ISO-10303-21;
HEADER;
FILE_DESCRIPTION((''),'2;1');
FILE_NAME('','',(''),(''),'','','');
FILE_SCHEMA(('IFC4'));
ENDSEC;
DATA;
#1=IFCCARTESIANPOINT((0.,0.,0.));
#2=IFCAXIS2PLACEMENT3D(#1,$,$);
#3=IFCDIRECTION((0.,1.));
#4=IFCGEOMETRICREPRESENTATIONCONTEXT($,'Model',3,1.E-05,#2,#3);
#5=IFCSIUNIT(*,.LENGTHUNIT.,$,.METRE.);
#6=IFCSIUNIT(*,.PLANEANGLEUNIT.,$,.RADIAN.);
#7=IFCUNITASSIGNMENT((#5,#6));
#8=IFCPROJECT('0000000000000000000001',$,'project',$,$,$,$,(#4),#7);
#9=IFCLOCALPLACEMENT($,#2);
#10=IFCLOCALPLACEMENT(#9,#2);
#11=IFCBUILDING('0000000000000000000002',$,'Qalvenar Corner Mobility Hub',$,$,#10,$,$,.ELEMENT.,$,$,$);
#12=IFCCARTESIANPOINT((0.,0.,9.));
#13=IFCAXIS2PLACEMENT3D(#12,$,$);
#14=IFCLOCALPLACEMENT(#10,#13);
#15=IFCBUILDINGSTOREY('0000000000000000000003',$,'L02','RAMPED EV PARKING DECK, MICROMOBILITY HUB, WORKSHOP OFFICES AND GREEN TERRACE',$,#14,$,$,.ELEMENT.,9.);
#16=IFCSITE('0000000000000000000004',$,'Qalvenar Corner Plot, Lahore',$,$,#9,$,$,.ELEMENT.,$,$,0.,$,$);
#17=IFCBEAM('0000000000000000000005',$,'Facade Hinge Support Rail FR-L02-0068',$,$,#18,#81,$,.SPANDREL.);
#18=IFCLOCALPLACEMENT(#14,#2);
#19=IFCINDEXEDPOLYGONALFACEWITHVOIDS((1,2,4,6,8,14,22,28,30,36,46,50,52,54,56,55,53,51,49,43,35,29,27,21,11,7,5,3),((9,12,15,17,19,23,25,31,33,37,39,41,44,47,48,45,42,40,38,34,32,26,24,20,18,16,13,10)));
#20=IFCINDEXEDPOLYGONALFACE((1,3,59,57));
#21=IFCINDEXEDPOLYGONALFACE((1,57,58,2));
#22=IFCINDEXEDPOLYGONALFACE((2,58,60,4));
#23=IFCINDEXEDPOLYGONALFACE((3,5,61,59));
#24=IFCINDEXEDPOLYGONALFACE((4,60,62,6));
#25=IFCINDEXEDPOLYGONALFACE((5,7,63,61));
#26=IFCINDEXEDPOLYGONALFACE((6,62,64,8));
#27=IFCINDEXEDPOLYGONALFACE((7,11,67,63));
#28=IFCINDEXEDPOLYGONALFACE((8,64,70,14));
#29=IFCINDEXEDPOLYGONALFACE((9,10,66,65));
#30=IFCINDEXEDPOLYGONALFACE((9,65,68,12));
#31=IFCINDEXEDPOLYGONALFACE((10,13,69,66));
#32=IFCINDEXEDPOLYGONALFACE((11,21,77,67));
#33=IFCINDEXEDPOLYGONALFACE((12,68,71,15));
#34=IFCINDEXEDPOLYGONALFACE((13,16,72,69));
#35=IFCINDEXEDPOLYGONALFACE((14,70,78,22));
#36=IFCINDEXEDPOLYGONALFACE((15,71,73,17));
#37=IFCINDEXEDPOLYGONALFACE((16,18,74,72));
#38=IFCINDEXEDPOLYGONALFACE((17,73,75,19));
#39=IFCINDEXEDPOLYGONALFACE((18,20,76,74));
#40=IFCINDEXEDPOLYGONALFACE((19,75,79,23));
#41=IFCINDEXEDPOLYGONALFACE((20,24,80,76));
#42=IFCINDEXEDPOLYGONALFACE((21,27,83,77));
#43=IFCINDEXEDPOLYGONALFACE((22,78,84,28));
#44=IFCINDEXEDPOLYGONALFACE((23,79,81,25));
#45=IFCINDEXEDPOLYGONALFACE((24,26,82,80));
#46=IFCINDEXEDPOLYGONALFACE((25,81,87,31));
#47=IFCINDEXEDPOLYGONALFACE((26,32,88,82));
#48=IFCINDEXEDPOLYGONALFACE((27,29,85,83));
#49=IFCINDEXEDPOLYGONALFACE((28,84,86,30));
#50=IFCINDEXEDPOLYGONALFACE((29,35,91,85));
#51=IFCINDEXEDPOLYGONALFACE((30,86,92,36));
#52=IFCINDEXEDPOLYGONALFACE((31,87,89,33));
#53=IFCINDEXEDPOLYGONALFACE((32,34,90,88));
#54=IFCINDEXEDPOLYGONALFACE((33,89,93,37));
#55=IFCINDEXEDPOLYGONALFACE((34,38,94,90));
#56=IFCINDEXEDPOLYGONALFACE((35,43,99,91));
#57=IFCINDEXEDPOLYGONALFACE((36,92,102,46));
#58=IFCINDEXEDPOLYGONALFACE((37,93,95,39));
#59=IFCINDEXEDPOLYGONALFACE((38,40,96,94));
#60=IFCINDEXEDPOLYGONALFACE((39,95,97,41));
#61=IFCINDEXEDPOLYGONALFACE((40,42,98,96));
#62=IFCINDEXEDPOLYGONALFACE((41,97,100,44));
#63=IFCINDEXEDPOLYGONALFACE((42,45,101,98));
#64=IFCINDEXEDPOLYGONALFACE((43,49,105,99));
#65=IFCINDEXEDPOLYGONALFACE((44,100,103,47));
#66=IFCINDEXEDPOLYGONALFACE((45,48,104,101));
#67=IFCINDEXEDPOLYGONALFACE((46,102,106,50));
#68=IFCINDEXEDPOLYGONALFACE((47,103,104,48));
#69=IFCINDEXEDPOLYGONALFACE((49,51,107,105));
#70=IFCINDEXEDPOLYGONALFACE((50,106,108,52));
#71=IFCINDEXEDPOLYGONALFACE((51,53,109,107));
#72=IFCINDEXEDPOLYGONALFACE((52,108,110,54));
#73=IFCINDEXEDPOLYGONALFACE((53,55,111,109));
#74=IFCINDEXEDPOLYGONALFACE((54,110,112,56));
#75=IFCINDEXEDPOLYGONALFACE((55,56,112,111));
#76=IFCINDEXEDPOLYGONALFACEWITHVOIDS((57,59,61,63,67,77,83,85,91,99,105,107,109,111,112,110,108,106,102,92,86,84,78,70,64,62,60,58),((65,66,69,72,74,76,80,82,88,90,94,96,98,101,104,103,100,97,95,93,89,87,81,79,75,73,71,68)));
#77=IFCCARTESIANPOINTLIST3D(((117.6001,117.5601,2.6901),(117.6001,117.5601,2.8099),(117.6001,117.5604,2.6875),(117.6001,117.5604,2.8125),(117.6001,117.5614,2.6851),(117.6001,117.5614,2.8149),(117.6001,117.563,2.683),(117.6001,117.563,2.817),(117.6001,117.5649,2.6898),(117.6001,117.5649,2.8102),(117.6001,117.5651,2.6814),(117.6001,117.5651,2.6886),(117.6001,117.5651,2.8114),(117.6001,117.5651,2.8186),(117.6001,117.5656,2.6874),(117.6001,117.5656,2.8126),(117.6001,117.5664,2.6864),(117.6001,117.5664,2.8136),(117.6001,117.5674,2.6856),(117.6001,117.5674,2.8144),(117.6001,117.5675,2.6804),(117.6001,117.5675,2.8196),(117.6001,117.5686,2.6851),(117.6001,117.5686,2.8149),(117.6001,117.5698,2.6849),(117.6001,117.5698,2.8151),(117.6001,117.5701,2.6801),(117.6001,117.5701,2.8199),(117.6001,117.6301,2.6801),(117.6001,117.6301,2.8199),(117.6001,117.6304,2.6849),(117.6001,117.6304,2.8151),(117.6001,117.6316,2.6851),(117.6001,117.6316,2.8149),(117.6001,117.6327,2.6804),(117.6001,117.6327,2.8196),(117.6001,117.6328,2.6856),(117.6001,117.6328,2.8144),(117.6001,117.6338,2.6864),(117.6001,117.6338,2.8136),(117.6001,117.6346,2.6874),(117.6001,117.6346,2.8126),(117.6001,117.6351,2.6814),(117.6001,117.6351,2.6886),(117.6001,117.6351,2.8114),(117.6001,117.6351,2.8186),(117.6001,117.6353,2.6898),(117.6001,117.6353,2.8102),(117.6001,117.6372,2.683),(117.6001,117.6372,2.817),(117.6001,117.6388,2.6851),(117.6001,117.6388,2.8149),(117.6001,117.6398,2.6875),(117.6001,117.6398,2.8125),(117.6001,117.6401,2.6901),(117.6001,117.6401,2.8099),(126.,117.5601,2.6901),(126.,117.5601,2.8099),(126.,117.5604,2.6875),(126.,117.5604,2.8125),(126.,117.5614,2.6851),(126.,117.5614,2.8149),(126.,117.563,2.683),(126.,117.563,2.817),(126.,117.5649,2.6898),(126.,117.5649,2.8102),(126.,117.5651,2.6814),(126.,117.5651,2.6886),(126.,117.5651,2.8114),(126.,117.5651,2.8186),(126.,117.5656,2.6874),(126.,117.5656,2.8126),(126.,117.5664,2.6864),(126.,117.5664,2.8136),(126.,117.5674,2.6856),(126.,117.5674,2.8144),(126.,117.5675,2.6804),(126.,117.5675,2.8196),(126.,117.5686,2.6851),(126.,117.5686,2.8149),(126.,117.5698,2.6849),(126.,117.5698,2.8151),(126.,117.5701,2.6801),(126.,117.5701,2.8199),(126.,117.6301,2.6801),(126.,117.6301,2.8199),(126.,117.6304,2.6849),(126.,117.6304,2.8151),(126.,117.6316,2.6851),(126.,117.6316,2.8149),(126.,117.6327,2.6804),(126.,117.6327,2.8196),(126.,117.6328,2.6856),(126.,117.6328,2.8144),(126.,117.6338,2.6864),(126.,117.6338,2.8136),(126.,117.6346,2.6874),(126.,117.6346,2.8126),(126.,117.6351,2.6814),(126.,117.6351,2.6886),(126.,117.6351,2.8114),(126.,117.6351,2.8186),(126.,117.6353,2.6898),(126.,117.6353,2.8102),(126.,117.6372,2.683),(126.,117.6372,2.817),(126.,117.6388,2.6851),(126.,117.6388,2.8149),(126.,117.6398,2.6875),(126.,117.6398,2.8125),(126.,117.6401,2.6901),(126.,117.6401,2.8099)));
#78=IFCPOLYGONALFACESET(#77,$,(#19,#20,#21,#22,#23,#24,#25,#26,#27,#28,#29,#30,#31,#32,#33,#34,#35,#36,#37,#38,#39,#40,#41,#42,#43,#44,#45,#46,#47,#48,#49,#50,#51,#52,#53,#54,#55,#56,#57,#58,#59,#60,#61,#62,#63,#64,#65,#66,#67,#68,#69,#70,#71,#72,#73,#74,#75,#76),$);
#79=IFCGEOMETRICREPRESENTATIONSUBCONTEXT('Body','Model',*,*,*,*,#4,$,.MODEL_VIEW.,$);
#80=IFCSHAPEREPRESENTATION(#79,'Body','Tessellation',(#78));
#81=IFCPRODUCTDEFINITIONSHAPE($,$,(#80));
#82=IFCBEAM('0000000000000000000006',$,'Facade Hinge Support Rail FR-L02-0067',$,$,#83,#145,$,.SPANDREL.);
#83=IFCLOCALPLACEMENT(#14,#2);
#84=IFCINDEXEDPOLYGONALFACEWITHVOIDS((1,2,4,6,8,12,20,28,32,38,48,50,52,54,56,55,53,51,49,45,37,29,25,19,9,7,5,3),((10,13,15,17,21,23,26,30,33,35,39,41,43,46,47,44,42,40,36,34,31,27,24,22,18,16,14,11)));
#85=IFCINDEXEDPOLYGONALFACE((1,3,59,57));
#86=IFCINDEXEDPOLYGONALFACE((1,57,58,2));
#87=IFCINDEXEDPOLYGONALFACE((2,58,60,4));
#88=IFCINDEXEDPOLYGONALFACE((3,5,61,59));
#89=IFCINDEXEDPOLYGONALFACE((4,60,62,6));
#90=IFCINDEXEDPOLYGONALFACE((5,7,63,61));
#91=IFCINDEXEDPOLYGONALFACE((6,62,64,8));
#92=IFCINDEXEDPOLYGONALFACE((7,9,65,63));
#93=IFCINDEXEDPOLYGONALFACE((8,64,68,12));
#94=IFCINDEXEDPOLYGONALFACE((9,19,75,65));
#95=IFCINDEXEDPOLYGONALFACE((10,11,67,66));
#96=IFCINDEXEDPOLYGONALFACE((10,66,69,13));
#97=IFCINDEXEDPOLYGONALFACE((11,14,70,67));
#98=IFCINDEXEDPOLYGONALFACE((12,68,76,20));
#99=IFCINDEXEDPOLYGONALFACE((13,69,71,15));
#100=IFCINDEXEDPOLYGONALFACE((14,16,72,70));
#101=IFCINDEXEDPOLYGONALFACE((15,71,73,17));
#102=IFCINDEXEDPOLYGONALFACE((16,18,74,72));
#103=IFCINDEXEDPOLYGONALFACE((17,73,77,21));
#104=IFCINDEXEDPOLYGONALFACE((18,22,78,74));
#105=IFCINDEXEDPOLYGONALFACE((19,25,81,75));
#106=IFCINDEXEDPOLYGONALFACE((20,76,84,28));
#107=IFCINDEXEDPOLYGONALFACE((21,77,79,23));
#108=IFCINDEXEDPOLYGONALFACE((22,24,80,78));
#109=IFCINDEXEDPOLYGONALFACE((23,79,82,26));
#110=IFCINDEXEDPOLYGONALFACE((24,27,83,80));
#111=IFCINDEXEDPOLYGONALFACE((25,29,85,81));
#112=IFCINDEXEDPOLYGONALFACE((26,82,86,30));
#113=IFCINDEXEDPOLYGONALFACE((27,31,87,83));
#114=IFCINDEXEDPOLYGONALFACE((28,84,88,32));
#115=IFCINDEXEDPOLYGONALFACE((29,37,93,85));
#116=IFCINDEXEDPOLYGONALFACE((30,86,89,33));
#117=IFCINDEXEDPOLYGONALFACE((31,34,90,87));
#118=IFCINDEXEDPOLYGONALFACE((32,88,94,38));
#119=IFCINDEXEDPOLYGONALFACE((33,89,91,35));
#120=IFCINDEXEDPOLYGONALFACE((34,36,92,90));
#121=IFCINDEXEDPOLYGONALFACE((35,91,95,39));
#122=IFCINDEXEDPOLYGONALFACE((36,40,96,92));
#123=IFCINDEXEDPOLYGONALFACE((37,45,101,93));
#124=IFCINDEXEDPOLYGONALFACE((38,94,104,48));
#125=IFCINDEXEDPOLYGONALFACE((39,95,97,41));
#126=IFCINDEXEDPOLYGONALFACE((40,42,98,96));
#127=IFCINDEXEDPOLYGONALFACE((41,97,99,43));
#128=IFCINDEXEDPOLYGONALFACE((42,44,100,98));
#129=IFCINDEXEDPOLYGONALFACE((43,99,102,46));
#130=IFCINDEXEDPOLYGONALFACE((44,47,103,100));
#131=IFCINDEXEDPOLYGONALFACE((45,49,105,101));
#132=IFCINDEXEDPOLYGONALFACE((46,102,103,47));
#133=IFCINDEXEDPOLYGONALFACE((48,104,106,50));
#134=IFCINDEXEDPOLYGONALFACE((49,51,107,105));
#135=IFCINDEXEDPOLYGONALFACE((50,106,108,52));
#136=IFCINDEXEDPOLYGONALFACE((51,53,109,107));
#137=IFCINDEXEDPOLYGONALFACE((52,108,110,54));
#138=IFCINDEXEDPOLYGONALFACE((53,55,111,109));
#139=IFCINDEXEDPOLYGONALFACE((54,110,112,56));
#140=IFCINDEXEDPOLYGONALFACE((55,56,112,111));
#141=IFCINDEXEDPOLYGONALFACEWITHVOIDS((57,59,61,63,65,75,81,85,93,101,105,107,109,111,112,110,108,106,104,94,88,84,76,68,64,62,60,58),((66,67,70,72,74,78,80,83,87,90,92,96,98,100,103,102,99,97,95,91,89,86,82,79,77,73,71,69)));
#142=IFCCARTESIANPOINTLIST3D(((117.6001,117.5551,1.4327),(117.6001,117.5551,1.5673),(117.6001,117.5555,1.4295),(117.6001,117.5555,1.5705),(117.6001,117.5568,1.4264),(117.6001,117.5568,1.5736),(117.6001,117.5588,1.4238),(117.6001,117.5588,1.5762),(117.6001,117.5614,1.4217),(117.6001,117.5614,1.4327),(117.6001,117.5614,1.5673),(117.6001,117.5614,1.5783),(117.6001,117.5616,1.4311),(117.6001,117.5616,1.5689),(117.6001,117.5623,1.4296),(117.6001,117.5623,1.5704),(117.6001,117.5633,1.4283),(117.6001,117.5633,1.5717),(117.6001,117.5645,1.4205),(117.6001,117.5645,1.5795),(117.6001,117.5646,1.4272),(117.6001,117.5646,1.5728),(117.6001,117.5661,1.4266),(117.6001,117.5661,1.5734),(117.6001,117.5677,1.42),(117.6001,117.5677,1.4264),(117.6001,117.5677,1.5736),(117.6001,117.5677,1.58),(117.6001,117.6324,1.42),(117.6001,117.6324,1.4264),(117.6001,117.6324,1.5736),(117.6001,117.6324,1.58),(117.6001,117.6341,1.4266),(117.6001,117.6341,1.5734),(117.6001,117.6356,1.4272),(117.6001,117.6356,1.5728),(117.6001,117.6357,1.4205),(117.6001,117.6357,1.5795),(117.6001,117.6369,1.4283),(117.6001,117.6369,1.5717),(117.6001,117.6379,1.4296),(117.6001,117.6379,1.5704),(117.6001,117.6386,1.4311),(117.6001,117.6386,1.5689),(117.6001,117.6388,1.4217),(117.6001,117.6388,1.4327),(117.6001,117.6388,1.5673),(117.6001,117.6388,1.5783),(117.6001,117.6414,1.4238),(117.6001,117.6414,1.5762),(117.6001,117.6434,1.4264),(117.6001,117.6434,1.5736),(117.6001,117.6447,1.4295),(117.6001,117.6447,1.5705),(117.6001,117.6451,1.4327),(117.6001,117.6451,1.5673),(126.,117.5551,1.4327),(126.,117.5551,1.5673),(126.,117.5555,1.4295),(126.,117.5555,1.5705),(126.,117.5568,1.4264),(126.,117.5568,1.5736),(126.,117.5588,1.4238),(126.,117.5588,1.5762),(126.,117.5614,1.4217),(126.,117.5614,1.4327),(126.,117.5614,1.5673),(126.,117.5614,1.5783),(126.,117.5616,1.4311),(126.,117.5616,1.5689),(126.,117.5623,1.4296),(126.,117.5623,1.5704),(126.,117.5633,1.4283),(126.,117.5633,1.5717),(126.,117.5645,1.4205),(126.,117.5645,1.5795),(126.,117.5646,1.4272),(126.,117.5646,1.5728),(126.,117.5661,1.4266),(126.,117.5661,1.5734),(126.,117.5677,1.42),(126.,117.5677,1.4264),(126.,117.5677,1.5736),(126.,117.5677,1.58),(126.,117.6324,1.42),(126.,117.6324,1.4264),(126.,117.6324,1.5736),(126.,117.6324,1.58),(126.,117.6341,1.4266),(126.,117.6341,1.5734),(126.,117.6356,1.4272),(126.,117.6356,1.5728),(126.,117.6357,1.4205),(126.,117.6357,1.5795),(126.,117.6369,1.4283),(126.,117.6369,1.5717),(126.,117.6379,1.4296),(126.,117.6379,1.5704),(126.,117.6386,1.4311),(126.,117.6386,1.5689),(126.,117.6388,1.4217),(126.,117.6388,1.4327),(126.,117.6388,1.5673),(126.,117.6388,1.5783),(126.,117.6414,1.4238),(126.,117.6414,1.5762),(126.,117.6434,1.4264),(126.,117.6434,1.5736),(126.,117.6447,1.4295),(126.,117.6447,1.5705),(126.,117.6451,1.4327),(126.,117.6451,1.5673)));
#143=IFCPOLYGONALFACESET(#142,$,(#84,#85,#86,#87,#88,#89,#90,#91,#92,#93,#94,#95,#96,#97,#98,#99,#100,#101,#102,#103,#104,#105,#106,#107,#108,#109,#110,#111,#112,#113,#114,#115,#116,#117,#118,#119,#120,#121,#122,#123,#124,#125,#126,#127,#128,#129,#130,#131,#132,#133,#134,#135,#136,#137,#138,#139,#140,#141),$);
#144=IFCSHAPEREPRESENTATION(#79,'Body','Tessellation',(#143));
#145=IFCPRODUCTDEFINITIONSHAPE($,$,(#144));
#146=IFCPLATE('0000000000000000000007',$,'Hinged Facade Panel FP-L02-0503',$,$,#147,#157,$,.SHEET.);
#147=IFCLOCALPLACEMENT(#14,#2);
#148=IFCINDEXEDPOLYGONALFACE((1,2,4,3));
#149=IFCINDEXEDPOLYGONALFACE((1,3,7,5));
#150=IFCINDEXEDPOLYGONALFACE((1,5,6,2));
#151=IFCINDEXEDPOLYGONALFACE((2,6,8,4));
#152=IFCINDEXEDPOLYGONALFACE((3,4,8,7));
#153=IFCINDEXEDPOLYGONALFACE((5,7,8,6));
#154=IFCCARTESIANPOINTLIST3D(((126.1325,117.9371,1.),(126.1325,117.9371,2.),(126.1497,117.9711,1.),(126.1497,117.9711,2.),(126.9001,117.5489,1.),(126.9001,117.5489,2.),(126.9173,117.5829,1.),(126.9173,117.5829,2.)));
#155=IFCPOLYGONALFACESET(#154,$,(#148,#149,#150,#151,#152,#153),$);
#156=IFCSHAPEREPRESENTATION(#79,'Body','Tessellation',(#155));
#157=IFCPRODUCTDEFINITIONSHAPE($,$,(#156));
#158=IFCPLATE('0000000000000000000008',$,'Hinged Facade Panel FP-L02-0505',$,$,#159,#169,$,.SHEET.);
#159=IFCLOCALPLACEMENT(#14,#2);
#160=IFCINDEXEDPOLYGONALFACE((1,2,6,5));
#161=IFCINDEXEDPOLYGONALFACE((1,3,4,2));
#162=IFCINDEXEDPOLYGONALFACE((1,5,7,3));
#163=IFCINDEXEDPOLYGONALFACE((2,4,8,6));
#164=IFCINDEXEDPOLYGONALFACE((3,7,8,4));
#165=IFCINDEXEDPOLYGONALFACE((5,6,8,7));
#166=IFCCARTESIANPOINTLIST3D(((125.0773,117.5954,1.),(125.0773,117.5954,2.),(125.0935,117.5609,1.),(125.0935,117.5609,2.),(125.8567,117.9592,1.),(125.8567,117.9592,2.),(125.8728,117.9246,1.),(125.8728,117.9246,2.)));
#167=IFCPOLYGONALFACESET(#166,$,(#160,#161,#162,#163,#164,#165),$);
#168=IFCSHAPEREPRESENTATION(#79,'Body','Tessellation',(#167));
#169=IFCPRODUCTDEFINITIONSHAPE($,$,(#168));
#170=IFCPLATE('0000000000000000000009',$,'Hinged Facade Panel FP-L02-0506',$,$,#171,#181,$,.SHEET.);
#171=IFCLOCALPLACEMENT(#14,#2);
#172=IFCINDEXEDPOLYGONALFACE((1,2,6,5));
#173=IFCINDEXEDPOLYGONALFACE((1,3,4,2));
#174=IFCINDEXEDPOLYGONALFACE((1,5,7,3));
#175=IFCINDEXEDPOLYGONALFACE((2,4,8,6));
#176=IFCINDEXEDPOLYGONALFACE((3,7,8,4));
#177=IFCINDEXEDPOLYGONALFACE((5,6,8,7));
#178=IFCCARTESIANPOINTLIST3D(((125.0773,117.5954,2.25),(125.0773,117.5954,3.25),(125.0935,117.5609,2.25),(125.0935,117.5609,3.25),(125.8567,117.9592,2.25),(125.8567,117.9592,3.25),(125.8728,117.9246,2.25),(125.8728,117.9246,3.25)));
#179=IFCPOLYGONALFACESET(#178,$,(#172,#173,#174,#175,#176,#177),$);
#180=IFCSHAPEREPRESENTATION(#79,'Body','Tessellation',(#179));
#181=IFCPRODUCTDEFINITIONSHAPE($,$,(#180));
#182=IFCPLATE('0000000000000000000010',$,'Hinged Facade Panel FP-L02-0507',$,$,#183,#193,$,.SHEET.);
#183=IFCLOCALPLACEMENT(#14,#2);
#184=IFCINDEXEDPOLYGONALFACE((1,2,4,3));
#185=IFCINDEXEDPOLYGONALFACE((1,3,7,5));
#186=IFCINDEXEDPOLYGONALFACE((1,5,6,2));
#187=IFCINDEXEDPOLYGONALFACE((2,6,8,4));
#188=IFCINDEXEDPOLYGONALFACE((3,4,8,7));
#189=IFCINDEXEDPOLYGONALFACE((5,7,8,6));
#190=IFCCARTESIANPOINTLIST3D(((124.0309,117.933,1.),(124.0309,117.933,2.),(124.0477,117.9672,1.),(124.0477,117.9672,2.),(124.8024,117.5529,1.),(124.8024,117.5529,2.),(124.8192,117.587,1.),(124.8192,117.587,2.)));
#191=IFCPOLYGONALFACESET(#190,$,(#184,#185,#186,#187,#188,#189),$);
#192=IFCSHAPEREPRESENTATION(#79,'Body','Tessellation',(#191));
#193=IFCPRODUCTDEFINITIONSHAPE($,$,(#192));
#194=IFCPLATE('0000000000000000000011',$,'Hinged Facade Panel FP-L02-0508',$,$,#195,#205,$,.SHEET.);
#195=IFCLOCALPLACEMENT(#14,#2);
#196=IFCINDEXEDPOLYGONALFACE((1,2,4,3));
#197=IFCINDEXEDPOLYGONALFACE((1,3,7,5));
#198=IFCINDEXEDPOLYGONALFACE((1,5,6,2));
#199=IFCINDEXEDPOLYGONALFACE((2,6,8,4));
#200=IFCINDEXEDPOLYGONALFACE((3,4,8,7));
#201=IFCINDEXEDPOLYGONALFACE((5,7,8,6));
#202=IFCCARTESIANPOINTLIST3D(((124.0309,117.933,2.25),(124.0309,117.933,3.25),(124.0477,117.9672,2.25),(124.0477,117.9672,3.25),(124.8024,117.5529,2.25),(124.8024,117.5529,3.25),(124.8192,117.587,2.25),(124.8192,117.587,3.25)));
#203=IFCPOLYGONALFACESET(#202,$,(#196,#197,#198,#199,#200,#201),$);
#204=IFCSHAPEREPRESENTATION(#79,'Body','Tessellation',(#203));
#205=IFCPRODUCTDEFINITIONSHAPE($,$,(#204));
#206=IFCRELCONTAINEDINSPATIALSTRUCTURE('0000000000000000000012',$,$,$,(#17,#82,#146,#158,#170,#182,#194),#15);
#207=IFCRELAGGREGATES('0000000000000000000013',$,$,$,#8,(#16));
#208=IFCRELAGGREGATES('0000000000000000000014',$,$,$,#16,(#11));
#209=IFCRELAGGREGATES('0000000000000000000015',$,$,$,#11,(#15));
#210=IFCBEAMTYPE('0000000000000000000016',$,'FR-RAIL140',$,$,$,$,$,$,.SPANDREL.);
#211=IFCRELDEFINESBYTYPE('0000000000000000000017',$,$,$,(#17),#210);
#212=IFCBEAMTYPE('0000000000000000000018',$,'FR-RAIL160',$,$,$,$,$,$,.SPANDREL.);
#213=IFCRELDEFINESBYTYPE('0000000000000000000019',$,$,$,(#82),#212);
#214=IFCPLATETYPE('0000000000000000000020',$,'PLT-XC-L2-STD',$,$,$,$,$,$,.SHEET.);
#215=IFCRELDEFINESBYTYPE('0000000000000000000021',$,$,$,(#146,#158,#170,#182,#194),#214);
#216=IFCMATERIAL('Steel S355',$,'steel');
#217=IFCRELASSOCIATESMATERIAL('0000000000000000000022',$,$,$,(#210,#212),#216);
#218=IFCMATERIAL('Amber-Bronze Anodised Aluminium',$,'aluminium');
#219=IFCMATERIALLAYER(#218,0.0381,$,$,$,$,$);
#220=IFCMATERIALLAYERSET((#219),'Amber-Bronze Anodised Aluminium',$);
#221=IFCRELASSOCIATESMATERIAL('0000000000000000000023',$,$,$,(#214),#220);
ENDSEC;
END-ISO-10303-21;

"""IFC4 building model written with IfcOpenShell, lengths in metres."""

from ifc_helpers import new_model, si_unit, direction, frame, origin, origin_2d, place, context, subcontext, project, spatial, rectangle, hollow_rectangle, extrude, material, layer, layer_set, material_profile, profile_set, type_object, element, save


model = new_model("IFC4")

# Units and contexts
model_context = context("Model", 3, precision=1e-05, world=origin(), true_north=direction((0.0, 1.0)))
body_context = subcontext(model_context, "Body", "Model", "MODEL_VIEW")
ifc_project = project(units=[si_unit("LENGTHUNIT", "METRE"), si_unit("PLANEANGLEUNIT", "RADIAN")], contexts=[model_context])

# Site, building, storey
site_placement = place(None, origin())
site = spatial("IfcSite", under=ifc_project, at=site_placement, Name="Qalvenar Corner Plot, Lahore", CompositionType="ELEMENT", RefElevation=0.0)
building_placement = place(site_placement, origin())
building = spatial("IfcBuilding", under=site, at=building_placement, Name="Qalvenar Corner Mobility Hub", CompositionType="ELEMENT")
storey_placement = place(building_placement, frame((0.0, 0.0, 9.0)))
storey = spatial("IfcBuildingStorey", under=building, at=storey_placement, Name="L02", Description="RAMPED EV PARKING DECK, MICROMOBILITY HUB, WORKSHOP OFFICES AND GREEN TERRACE", CompositionType="ELEMENT", Elevation=9.0)

# Beams
ifc_material_1 = material(Name="Steel S355", Category="steel")
ifc_material_profile_1 = material_profile(ifc_material_1, hollow_rectangle(XDim=0.0801, YDim=0.1399, WallThickness=0.0049, InnerFilletRadius=0.0049, OuterFilletRadius=0.01, at=origin_2d()), Name="RHS140x80x5")
ifc_profile_set_1 = profile_set([ifc_material_profile_1], Name="Steel S355")
beam_type_1 = type_object("IfcBeamType", Name="FR-RAIL140", PredefinedType="SPANDREL", material=ifc_profile_set_1)
beam_1_placement = place(storey_placement, frame((126.0, 117.6001, 2.75), z_axis=(-1.0, 0.0, 0.0), x_axis=(0.0, -1.0, 0.0)))
element("IfcBeam", 1, at=beam_1_placement, inside=storey, type_object=beam_type_1, Name="Facade Hinge Support Rail FR-L02-0068", PredefinedType="SPANDREL", context=body_context, shape_type="SweptSolid", body=[
    extrude(hollow_rectangle(XDim=0.0801, YDim=0.1399, WallThickness=0.0049, InnerFilletRadius=0.0049, OuterFilletRadius=0.01, at=origin_2d()), origin(), (0.0, 0.0, 1.0), 8.3999),
])
ifc_material_profile_2 = material_profile(ifc_material_1, hollow_rectangle(XDim=0.0901, YDim=0.1599, WallThickness=0.0063, InnerFilletRadius=0.0063, OuterFilletRadius=0.0127, at=origin_2d()), Name="RHS160x90x6.3")
ifc_profile_set_2 = profile_set([ifc_material_profile_2], Name="Steel S355")
beam_type_2 = type_object("IfcBeamType", Name="FR-RAIL160", PredefinedType="SPANDREL", material=ifc_profile_set_2)
beam_2_placement = place(storey_placement, frame((126.0, 117.6001, 1.5), z_axis=(-1.0, 0.0, 0.0), x_axis=(0.0, -1.0, 0.0)))
element("IfcBeam", 2, at=beam_2_placement, inside=storey, type_object=beam_type_2, Name="Facade Hinge Support Rail FR-L02-0067", PredefinedType="SPANDREL", context=body_context, shape_type="SweptSolid", body=[
    extrude(hollow_rectangle(XDim=0.0901, YDim=0.1599, WallThickness=0.0063, InnerFilletRadius=0.0063, OuterFilletRadius=0.0127, at=origin_2d()), origin(), (0.0, 0.0, 1.0), 8.3999),
])

# Plates
ifc_material_2 = material(Name="Amber-Bronze Anodised Aluminium", Category="aluminium")
ifc_layer = layer(ifc_material_2, 0.0381)
ifc_layer_set = layer_set([ifc_layer], Name="Amber-Bronze Anodised Aluminium")
plate_type = type_object("IfcPlateType", Name="PLT-XC-L2-STD", PredefinedType="SHEET", material=ifc_layer_set)
for number, where, z_axis, x_axis, name in (
    (3, (126.5249, 117.76, 1.0), (0.0, 0.0, 1.0), (-0.89235, 0.451345, 0.0), "Hinged Facade Panel FP-L02-0503"),
    (4, (125.4751, 117.76, 1.0), (0.0, 0.0, 1.0), (-0.90616, -0.422935, 0.0), "Hinged Facade Panel FP-L02-0505"),
    (5, (125.4751, 117.76, 2.25), (0.0, 0.0, 1.0), (-0.90616, -0.422935, 0.0), "Hinged Facade Panel FP-L02-0506"),
    (6, (124.425, 117.76, 1.0), (0.0, 0.0, 1.0), (-0.897027, 0.441976, 0.0), "Hinged Facade Panel FP-L02-0507"),
    (7, (124.425, 117.76, 2.25), (0.0, 0.0, 1.0), (-0.897027, 0.441976, 0.0), "Hinged Facade Panel FP-L02-0508"),
):
    element("IfcPlate", number, at=place(storey_placement, frame(where, z_axis=z_axis, x_axis=x_axis)), inside=storey, type_object=plate_type, Name=name, PredefinedType="SHEET", context=body_context, shape_type="SweptSolid", body=[
        extrude(rectangle(XDim=0.8601, YDim=0.0381, at=origin_2d()), origin(), (0.0, 0.0, 1.0), 1.0),
    ])

save(model, "model.ifc")
